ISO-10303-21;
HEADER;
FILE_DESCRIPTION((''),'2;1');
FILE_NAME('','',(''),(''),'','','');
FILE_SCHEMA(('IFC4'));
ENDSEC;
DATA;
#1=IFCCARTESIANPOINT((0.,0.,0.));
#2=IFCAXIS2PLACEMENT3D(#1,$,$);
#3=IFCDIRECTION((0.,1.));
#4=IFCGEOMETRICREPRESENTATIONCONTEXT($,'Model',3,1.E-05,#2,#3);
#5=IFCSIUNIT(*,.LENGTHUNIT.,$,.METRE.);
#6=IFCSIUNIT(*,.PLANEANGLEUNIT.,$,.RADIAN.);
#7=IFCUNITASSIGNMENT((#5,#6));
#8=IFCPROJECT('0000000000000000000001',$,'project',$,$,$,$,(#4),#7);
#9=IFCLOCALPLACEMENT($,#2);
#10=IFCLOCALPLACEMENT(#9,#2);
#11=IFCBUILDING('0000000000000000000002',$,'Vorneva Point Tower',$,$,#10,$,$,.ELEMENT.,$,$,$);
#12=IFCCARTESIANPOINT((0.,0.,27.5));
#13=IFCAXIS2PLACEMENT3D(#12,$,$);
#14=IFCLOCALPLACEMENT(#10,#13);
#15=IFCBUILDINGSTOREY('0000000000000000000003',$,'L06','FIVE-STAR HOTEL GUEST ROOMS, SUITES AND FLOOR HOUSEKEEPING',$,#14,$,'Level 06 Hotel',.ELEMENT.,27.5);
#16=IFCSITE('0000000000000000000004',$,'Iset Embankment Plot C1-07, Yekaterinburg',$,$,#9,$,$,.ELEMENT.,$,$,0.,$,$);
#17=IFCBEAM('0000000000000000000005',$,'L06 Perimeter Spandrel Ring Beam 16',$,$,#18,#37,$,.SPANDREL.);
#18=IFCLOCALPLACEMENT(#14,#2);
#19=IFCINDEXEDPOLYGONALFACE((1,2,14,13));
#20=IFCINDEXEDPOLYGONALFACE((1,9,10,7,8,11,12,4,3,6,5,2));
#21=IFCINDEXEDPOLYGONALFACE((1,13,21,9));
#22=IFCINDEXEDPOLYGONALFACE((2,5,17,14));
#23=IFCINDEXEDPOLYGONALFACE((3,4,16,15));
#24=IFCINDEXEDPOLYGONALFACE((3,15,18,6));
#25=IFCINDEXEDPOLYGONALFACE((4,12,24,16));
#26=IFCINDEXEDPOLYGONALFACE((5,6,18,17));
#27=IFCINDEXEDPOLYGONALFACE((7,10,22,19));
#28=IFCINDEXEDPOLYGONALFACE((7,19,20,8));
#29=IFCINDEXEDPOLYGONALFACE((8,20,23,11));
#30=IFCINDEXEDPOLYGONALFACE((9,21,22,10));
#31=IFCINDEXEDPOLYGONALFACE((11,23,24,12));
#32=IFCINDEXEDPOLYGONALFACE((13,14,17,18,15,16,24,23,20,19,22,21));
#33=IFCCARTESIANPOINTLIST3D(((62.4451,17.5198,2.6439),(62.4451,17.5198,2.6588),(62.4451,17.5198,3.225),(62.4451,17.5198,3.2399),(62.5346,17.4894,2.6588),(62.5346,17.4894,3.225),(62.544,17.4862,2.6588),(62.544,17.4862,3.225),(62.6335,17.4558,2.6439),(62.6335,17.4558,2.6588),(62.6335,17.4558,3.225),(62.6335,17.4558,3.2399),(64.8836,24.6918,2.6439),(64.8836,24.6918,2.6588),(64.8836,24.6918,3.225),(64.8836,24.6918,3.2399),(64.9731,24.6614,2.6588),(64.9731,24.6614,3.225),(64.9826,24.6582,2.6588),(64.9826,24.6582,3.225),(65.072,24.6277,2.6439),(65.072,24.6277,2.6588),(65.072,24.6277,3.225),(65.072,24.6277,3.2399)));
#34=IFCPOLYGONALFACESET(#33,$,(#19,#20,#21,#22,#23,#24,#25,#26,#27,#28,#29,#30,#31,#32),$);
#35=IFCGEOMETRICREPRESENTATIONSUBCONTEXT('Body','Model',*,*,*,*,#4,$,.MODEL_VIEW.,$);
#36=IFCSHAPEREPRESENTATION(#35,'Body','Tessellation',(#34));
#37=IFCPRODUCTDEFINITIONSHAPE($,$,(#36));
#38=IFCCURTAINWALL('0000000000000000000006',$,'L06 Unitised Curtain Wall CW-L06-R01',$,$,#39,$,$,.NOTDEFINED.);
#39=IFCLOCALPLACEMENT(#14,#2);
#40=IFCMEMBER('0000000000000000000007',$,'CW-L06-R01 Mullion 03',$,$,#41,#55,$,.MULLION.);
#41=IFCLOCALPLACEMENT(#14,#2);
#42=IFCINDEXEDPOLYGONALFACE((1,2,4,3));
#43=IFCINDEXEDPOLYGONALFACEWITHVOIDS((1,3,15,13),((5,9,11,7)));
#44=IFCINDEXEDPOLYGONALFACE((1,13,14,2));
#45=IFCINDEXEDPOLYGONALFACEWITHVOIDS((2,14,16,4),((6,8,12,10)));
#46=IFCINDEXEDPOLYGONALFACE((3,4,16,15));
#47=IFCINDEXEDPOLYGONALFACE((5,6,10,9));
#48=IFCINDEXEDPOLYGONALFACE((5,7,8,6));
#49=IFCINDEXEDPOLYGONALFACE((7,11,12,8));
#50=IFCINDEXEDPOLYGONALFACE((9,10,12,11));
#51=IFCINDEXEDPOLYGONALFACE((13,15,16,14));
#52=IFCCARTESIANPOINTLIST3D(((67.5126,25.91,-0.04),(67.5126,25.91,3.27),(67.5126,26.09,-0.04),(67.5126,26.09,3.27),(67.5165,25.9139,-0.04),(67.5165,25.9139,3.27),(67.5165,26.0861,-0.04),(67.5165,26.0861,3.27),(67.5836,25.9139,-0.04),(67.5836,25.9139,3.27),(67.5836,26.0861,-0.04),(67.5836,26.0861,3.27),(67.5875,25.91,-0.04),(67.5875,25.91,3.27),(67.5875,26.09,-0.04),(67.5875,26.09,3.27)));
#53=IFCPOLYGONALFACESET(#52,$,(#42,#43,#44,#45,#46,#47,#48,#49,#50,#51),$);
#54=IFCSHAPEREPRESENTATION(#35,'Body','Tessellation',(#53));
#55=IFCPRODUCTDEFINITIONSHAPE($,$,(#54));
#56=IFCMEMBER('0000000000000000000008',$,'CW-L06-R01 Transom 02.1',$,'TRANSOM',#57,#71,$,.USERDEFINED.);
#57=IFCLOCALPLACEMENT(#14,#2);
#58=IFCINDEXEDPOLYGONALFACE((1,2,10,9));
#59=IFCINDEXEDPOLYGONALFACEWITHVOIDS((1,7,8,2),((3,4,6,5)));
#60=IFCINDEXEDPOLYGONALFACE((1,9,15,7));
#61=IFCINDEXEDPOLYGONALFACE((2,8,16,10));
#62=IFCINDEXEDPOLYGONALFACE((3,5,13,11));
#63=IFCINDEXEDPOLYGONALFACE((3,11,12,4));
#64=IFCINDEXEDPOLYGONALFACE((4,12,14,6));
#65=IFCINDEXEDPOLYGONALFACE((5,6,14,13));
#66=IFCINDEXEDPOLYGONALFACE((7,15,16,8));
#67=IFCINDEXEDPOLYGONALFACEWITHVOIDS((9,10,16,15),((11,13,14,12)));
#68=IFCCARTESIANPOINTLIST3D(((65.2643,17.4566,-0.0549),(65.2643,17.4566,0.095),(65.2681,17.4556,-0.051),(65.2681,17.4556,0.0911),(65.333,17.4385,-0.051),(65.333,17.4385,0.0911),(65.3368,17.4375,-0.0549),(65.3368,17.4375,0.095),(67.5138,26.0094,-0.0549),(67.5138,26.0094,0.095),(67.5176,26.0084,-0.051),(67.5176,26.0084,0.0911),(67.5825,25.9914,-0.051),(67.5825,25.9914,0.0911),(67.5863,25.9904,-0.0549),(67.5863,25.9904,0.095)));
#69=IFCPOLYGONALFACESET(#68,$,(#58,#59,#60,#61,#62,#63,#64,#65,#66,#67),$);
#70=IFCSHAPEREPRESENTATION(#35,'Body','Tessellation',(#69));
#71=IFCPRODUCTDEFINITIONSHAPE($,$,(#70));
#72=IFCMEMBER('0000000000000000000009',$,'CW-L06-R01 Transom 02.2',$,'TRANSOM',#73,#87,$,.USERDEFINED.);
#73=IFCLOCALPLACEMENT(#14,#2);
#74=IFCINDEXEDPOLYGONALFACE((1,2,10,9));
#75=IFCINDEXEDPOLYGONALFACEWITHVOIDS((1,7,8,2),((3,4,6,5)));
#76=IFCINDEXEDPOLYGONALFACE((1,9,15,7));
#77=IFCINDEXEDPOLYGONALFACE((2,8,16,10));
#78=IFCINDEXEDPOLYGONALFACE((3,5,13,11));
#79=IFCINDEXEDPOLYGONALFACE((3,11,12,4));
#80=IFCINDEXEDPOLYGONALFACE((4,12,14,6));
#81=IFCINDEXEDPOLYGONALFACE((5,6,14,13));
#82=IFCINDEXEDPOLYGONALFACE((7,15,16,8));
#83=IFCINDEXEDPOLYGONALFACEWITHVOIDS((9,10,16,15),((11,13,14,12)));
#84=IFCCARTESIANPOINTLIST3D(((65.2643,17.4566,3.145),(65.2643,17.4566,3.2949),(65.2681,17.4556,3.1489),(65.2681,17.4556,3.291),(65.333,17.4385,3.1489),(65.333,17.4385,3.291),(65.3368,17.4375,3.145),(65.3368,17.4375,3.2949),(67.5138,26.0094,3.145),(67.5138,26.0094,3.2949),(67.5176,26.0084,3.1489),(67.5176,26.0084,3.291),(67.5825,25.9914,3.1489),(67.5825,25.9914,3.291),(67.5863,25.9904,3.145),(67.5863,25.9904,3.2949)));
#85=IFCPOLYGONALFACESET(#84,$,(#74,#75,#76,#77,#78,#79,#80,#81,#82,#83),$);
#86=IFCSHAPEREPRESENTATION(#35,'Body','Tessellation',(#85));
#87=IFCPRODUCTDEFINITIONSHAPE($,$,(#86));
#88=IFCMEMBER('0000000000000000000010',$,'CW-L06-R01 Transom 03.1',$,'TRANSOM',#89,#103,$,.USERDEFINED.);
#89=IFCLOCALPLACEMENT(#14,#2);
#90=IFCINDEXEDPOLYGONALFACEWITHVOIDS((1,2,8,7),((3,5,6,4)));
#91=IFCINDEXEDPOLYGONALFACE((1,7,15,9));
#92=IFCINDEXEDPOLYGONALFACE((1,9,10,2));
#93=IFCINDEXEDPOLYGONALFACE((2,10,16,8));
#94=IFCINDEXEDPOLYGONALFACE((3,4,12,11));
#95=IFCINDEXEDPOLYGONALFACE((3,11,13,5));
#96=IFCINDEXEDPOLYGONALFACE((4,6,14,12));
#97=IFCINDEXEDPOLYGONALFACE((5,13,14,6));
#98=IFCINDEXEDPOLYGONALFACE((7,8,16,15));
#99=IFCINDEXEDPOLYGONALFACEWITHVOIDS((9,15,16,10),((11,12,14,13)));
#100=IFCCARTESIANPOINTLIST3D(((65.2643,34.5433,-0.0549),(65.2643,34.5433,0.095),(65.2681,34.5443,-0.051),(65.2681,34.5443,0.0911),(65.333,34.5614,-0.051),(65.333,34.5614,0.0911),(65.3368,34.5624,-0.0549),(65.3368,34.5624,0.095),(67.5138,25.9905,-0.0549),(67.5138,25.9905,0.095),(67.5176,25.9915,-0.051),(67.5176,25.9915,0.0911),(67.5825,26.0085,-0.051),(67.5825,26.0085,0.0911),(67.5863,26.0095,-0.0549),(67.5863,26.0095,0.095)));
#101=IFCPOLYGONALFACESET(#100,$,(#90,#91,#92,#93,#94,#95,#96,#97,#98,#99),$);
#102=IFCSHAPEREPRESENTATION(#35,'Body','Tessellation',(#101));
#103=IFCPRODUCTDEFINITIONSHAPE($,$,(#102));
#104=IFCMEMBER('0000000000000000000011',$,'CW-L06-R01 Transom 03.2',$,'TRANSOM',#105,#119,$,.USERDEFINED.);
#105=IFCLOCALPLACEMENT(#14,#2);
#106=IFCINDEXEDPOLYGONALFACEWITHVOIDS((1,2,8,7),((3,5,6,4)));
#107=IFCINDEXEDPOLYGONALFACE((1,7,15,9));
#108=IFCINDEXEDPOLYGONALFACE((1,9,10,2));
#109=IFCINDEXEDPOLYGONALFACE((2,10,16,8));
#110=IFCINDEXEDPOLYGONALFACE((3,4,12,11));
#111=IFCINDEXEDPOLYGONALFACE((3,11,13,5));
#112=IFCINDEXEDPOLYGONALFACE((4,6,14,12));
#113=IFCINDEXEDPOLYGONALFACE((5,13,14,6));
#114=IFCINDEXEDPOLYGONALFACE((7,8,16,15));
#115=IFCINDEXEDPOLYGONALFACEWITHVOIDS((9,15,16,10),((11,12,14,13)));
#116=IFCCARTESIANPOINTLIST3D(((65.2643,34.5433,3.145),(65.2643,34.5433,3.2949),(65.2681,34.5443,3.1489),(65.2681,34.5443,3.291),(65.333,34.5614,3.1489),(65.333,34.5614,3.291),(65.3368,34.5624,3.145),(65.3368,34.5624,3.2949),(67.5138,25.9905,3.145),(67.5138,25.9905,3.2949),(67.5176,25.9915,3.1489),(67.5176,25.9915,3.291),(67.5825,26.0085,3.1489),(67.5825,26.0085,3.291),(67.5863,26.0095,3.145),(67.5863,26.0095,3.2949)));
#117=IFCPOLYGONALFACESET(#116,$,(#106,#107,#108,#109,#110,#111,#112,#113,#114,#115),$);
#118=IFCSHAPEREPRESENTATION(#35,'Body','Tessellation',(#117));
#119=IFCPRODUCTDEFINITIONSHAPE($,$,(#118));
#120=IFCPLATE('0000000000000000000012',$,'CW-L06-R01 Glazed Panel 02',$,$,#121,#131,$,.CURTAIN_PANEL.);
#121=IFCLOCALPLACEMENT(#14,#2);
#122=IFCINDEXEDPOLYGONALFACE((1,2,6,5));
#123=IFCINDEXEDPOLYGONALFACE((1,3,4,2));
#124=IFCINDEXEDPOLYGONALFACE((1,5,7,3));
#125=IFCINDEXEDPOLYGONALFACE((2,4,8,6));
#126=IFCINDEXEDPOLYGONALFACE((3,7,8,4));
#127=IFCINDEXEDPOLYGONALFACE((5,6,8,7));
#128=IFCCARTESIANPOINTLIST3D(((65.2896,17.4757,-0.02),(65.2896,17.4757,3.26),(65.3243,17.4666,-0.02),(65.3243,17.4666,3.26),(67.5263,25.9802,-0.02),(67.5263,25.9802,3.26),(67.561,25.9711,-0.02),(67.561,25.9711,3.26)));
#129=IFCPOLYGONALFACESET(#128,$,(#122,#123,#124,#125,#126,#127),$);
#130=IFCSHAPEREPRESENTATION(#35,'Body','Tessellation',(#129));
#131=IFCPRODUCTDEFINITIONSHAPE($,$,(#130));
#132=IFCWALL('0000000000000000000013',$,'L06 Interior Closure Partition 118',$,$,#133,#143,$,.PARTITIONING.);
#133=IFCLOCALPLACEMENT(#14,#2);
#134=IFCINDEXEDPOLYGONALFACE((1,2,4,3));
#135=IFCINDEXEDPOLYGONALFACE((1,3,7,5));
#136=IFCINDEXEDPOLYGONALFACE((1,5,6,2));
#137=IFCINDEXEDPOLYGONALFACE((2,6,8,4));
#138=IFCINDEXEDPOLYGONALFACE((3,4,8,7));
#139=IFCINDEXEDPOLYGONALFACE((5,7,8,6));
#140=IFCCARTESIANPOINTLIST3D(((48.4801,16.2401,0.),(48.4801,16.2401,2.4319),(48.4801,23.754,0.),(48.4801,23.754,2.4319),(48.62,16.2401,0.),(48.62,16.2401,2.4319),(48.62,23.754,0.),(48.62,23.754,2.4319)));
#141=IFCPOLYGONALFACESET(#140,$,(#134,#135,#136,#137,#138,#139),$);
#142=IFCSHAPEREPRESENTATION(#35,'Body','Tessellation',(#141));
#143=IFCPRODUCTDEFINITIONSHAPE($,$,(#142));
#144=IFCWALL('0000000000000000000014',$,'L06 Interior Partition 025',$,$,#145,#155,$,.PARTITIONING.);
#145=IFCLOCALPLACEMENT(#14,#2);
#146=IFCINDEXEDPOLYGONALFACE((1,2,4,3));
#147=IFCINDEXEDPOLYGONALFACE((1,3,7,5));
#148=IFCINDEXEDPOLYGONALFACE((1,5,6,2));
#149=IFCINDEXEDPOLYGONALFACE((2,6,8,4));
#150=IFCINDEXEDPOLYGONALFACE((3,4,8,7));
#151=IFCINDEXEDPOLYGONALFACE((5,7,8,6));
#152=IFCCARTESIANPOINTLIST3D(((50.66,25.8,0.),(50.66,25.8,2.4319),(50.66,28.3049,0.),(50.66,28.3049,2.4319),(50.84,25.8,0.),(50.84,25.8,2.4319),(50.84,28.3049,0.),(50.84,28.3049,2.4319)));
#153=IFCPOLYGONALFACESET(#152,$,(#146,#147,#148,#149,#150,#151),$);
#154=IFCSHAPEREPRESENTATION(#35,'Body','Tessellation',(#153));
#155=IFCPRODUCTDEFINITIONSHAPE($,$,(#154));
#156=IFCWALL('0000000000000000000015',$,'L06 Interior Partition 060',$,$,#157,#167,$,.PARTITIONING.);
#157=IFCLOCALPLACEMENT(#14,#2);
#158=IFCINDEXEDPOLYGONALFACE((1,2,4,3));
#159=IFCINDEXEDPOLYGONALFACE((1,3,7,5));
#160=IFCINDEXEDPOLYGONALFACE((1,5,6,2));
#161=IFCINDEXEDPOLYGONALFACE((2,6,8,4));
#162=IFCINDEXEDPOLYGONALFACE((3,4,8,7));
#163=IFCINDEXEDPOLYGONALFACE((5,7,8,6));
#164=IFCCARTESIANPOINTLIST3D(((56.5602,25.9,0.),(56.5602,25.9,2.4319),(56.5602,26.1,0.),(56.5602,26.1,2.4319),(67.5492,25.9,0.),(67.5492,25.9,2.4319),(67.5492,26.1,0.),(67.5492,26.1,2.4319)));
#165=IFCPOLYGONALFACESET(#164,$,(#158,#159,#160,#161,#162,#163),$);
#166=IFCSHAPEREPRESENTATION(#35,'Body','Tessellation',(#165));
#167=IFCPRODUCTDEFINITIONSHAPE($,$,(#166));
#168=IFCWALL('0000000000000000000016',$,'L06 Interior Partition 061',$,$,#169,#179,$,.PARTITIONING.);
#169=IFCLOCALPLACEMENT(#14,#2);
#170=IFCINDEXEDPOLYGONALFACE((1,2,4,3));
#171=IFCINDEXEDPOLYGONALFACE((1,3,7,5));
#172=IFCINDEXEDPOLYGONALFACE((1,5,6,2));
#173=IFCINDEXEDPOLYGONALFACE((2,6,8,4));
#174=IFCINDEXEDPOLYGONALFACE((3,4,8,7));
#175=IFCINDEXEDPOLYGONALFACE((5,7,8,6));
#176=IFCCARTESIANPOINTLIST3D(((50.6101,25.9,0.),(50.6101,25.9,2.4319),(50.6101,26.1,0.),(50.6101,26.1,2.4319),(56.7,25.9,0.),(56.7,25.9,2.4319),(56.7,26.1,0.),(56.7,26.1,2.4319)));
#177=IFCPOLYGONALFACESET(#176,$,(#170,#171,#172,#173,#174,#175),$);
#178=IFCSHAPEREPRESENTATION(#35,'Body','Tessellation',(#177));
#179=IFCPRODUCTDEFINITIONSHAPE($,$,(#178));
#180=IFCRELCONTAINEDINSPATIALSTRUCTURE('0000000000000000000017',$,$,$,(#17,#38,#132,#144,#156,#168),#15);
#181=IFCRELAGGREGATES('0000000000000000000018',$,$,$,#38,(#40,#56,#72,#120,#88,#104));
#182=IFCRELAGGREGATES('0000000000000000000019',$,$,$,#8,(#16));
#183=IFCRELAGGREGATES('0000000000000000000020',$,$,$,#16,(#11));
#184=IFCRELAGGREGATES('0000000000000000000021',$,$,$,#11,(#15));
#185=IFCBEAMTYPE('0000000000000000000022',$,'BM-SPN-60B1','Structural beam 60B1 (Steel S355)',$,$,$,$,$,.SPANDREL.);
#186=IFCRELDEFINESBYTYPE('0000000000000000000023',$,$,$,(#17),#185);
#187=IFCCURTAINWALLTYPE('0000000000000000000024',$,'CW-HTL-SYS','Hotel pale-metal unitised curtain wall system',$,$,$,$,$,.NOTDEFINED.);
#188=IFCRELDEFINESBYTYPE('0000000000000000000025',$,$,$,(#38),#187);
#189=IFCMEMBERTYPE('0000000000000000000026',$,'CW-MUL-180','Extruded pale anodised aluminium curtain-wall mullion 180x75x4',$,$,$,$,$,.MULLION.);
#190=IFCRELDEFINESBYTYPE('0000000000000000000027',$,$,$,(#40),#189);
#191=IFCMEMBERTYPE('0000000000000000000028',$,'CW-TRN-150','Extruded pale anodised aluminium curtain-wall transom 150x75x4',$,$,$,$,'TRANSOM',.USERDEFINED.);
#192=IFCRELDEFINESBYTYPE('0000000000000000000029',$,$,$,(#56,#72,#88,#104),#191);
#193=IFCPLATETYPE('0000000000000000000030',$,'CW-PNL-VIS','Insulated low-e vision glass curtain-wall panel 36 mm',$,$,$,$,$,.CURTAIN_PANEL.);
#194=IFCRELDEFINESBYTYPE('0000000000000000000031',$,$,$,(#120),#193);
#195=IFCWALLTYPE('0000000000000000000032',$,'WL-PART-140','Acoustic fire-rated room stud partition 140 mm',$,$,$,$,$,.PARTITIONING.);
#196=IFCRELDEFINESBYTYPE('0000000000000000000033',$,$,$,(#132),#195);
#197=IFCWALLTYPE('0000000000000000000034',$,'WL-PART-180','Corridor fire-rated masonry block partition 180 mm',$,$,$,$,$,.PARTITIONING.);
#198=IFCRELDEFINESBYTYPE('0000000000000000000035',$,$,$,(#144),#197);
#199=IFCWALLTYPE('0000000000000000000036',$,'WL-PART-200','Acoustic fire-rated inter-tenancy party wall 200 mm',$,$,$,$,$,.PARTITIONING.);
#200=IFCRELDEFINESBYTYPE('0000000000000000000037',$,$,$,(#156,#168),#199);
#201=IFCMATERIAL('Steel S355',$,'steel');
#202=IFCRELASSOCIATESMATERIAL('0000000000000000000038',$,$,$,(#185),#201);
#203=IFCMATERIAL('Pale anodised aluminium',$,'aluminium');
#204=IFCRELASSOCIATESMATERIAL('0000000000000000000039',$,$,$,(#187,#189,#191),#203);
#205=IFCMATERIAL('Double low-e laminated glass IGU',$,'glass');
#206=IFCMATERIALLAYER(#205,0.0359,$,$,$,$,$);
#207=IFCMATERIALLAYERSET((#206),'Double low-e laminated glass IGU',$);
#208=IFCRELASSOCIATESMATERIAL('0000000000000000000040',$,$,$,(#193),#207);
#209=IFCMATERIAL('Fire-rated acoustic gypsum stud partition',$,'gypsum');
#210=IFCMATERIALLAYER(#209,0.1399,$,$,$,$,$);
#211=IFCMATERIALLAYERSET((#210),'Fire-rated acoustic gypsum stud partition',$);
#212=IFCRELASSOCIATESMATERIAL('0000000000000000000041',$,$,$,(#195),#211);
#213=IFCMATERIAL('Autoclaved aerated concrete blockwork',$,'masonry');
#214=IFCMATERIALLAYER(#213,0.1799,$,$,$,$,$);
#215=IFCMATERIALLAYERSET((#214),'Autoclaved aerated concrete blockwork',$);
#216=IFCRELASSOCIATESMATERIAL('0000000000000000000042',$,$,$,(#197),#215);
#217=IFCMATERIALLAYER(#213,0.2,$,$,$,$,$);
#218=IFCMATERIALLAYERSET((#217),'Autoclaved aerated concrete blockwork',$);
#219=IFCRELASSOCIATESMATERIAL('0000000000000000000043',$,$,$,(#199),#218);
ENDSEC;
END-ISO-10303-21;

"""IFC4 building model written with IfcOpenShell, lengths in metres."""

from ifc_helpers import new_model, si_unit, direction, frame, frame_2d, origin, origin_2d, place, context, subcontext, project, spatial, rectangle, hollow_rectangle, i_section, extrude, material, layer, layer_set, material_profile, profile_set, type_object, element, aggregate, save


model = new_model("IFC4")

# Units and contexts
model_context = context("Model", 3, precision=1e-05, world=origin(), true_north=direction((0.0, 1.0)))
body_context = subcontext(model_context, "Body", "Model", "MODEL_VIEW")
ifc_project = project(units=[si_unit("LENGTHUNIT", "METRE"), si_unit("PLANEANGLEUNIT", "RADIAN")], contexts=[model_context])

# Site, building, storey
site_placement = place(None, origin())
site = spatial("IfcSite", under=ifc_project, at=site_placement, Name="Iset Embankment Plot C1-07, Yekaterinburg", CompositionType="ELEMENT", RefElevation=0.0)
building_placement = place(site_placement, origin())
building = spatial("IfcBuilding", under=site, at=building_placement, Name="Vorneva Point Tower", CompositionType="ELEMENT")
storey_placement = place(building_placement, frame((0.0, 0.0, 27.5)))
storey = spatial("IfcBuildingStorey", under=building, at=storey_placement, Name="L06", Description="FIVE-STAR HOTEL GUEST ROOMS, SUITES AND FLOOR HOUSEKEEPING", LongName="Level 06 Hotel", CompositionType="ELEMENT", Elevation=27.5)

# Beam
ifc_material_1 = material(Name="Steel S355", Category="steel")
ifc_material_profile_1 = material_profile(ifc_material_1, i_section(OverallWidth=0.199, OverallDepth=0.5959, WebThickness=0.01, FlangeThickness=0.0149, at=origin_2d()), Name="60B1")
ifc_profile_set_1 = profile_set([ifc_material_profile_1], Name="Steel S355")
beam_type_1 = type_object("IfcBeamType", Name="BM-SPN-60B1", Description="Structural beam 60B1 (Steel S355)", PredefinedType="SPANDREL", material=ifc_profile_set_1)
beam_1_placement = place(storey_placement, frame((62.5393, 17.4878, 2.9419), z_axis=(0.321907, 0.946771, 0.0), x_axis=(-0.946771, 0.321907, 0.0)))
element("IfcBeam", 1, at=beam_1_placement, inside=storey, type_object=beam_type_1, Name="L06 Perimeter Spandrel Ring Beam 16", PredefinedType="SPANDREL", context=body_context, shape_type="SweptSolid", body=[
    extrude(i_section(OverallWidth=0.199, OverallDepth=0.5959, WebThickness=0.01, FlangeThickness=0.0149, at=origin_2d()), origin(), (0.0, 0.0, 1.0), 7.5752),
])

# Curtain wall, members, plate
ifc_material_2 = material(Name="Pale anodised aluminium", Category="aluminium")
curtain_wall_type = type_object("IfcCurtainWallType", Name="CW-HTL-SYS", Description="Hotel pale-metal unitised curtain wall system", PredefinedType="NOTDEFINED", material=ifc_material_2)
curtain_wall_placement = place(storey_placement, origin())
curtain_wall = element("IfcCurtainWall", 2, at=curtain_wall_placement, inside=storey, type_object=curtain_wall_type, Name="L06 Unitised Curtain Wall CW-L06-R01", PredefinedType="NOTDEFINED")
ifc_material_profile_2 = material_profile(ifc_material_2, hollow_rectangle(XDim=0.075, YDim=0.1799, WallThickness=0.0039, at=origin_2d()), Name="AL-MUL 180x75x4")
ifc_profile_set_2 = profile_set([ifc_material_profile_2], Name="Pale anodised aluminium")
member_type_1 = type_object("IfcMemberType", Name="CW-MUL-180", Description="Extruded pale anodised aluminium curtain-wall mullion 180x75x4", PredefinedType="MULLION", material=ifc_profile_set_2)
member_1_placement = place(storey_placement, frame((67.55, 26.0, -0.04), z_axis=(0.0, 0.0, 1.0), x_axis=(1.0, 0.0, 0.0)))
member_1 = element("IfcMember", 3, at=member_1_placement, type_object=member_type_1, Name="CW-L06-R01 Mullion 03", PredefinedType="MULLION", context=body_context, shape_type="SweptSolid", body=[
    extrude(hollow_rectangle(XDim=0.075, YDim=0.1799, WallThickness=0.0039, at=origin_2d()), origin(), (0.0, 0.0, 1.0), 3.3101),
])
ifc_material_profile_3 = material_profile(ifc_material_2, hollow_rectangle(XDim=0.075, YDim=0.1499, WallThickness=0.0039, at=origin_2d()), Name="AL-TRN 150x75x4")
ifc_profile_set_3 = profile_set([ifc_material_profile_3], Name="Pale anodised aluminium")
member_type_2 = type_object("IfcMemberType", Name="CW-TRN-150", Description="Extruded pale anodised aluminium curtain-wall transom 150x75x4", ElementType="TRANSOM", PredefinedType="USERDEFINED", material=ifc_profile_set_3)
member_2_placement = place(storey_placement, frame((65.3005, 17.447, 0.02), z_axis=(0.254359, 0.96711, 0.0), x_axis=(-0.96711, 0.254359, 0.0)))
member_2 = element("IfcMember", 4, at=member_2_placement, type_object=member_type_2, Name="CW-L06-R01 Transom 02.1", ObjectType="TRANSOM", PredefinedType="USERDEFINED", context=body_context, shape_type="SweptSolid", body=[
    extrude(hollow_rectangle(XDim=0.075, YDim=0.1499, WallThickness=0.0039, at=origin_2d()), origin(), (0.0, 0.0, 1.0), 8.8438),
])
member_3_placement = place(storey_placement, frame((65.3005, 17.447, 3.22), z_axis=(0.254359, 0.96711, 0.0), x_axis=(-0.96711, 0.254359, 0.0)))
member_3 = element("IfcMember", 5, at=member_3_placement, type_object=member_type_2, Name="CW-L06-R01 Transom 02.2", ObjectType="TRANSOM", PredefinedType="USERDEFINED", context=body_context, shape_type="SweptSolid", body=[
    extrude(hollow_rectangle(XDim=0.075, YDim=0.1499, WallThickness=0.0039, at=origin_2d()), origin(), (0.0, 0.0, 1.0), 8.8438),
])
member_4_placement = place(storey_placement, frame((67.55, 26.0, 0.02), z_axis=(-0.254359, 0.96711, 0.0), x_axis=(-0.96711, -0.254359, 0.0)))
member_4 = element("IfcMember", 6, at=member_4_placement, type_object=member_type_2, Name="CW-L06-R01 Transom 03.1", ObjectType="TRANSOM", PredefinedType="USERDEFINED", context=body_context, shape_type="SweptSolid", body=[
    extrude(hollow_rectangle(XDim=0.075, YDim=0.1499, WallThickness=0.0039, at=origin_2d()), origin(), (0.0, 0.0, 1.0), 8.8438),
])
member_5_placement = place(storey_placement, frame((67.55, 26.0, 3.22), z_axis=(-0.254359, 0.96711, 0.0), x_axis=(-0.96711, -0.254359, 0.0)))
member_5 = element("IfcMember", 7, at=member_5_placement, type_object=member_type_2, Name="CW-L06-R01 Transom 03.2", ObjectType="TRANSOM", PredefinedType="USERDEFINED", context=body_context, shape_type="SweptSolid", body=[
    extrude(hollow_rectangle(XDim=0.075, YDim=0.1499, WallThickness=0.0039, at=origin_2d()), origin(), (0.0, 0.0, 1.0), 8.8438),
])
ifc_material_3 = material(Name="Double low-e laminated glass IGU", Category="glass")
ifc_layer_1 = layer(ifc_material_3, 0.0359)
ifc_layer_set_1 = layer_set([ifc_layer_1], Name="Double low-e laminated glass IGU")
plate_type = type_object("IfcPlateType", Name="CW-PNL-VIS", Description="Insulated low-e vision glass curtain-wall panel 36 mm", PredefinedType="CURTAIN_PANEL", material=ifc_layer_set_1)
plate_placement = place(storey_placement, frame((66.4253, 21.7234, -0.02), z_axis=(0.0, 0.0, 1.0), x_axis=(0.254349, 0.967113, 0.0)))
plate = element("IfcPlate", 8, at=plate_placement, type_object=plate_type, Name="CW-L06-R01 Glazed Panel 02", PredefinedType="CURTAIN_PANEL", context=body_context, shape_type="SweptSolid", body=[
    extrude(rectangle(XDim=8.7937, YDim=0.0359, at=origin_2d()), origin(), (0.0, 0.0, 1.0), 3.28),
])
aggregate(curtain_wall, [member_1, member_2, member_3, plate, member_4, member_5])

# Wall
ifc_material_4 = material(Name="Fire-rated acoustic gypsum stud partition", Category="gypsum")
ifc_layer_2 = layer(ifc_material_4, 0.1399)
ifc_layer_set_2 = layer_set([ifc_layer_2], Name="Fire-rated acoustic gypsum stud partition")
wall_type_1 = type_object("IfcWallType", Name="WL-PART-140", Description="Acoustic fire-rated room stud partition 140 mm", PredefinedType="PARTITIONING", material=ifc_layer_set_2)
wall_1_placement = place(storey_placement, frame((48.55, 23.7539, 0.0), z_axis=(0.0, 0.0, 1.0), x_axis=(0.0, -1.0, 0.0)))
element("IfcWall", 9, at=wall_1_placement, inside=storey, type_object=wall_type_1, Name="L06 Interior Closure Partition 118", PredefinedType="PARTITIONING", context=body_context, shape_type="SweptSolid", body=[
    extrude(rectangle(XDim=7.5139, YDim=0.1399, at=frame_2d((3.7568, 0.0))), origin(), (0.0, 0.0, 1.0), 2.4319),
])

# Shared definitions
ifc_material_5 = material(Name="Autoclaved aerated concrete blockwork", Category="masonry")
ifc_layer_3 = layer(ifc_material_5, 0.1799)
ifc_layer_set_3 = layer_set([ifc_layer_3], Name="Autoclaved aerated concrete blockwork")
wall_type_2 = type_object("IfcWallType", Name="WL-PART-180", Description="Corridor fire-rated masonry block partition 180 mm", PredefinedType="PARTITIONING", material=ifc_layer_set_3)

# Walls
wall_2_placement = place(storey_placement, frame((50.75, 25.8, 0.0), z_axis=(0.0, 0.0, 1.0), x_axis=(0.0, 1.0, 0.0)))
element("IfcWall", 10, at=wall_2_placement, inside=storey, type_object=wall_type_2, Name="L06 Interior Partition 025", PredefinedType="PARTITIONING", context=body_context, shape_type="SweptSolid", body=[
    extrude(rectangle(XDim=2.5049, YDim=0.1799, at=frame_2d((1.2524, 0.0))), origin(), (0.0, 0.0, 1.0), 2.4319),
])
ifc_layer_4 = layer(ifc_material_5, 0.2)
ifc_layer_set_4 = layer_set([ifc_layer_4], Name="Autoclaved aerated concrete blockwork")
wall_type_3 = type_object("IfcWallType", Name="WL-PART-200", Description="Acoustic fire-rated inter-tenancy party wall 200 mm", PredefinedType="PARTITIONING", material=ifc_layer_set_4)
wall_3_placement = place(storey_placement, frame((56.5601, 26.0, 0.0), z_axis=(0.0, 0.0, 1.0), x_axis=(1.0, 0.0, 0.0)))
element("IfcWall", 11, at=wall_3_placement, inside=storey, type_object=wall_type_3, Name="L06 Interior Partition 060", PredefinedType="PARTITIONING", context=body_context, shape_type="SweptSolid", body=[
    extrude(rectangle(XDim=10.989, YDim=0.2, at=frame_2d((5.4946, 0.0))), origin(), (0.0, 0.0, 1.0), 2.4319),
])
wall_4_placement = place(storey_placement, frame((50.6101, 26.0, 0.0), z_axis=(0.0, 0.0, 1.0), x_axis=(1.0, 0.0, 0.0)))
element("IfcWall", 12, at=wall_4_placement, inside=storey, type_object=wall_type_3, Name="L06 Interior Partition 061", PredefinedType="PARTITIONING", context=body_context, shape_type="SweptSolid", body=[
    extrude(rectangle(XDim=6.0898, YDim=0.2, at=frame_2d((3.0449, 0.0))), origin(), (0.0, 0.0, 1.0), 2.4319),
])

save(model, "model.ifc")
